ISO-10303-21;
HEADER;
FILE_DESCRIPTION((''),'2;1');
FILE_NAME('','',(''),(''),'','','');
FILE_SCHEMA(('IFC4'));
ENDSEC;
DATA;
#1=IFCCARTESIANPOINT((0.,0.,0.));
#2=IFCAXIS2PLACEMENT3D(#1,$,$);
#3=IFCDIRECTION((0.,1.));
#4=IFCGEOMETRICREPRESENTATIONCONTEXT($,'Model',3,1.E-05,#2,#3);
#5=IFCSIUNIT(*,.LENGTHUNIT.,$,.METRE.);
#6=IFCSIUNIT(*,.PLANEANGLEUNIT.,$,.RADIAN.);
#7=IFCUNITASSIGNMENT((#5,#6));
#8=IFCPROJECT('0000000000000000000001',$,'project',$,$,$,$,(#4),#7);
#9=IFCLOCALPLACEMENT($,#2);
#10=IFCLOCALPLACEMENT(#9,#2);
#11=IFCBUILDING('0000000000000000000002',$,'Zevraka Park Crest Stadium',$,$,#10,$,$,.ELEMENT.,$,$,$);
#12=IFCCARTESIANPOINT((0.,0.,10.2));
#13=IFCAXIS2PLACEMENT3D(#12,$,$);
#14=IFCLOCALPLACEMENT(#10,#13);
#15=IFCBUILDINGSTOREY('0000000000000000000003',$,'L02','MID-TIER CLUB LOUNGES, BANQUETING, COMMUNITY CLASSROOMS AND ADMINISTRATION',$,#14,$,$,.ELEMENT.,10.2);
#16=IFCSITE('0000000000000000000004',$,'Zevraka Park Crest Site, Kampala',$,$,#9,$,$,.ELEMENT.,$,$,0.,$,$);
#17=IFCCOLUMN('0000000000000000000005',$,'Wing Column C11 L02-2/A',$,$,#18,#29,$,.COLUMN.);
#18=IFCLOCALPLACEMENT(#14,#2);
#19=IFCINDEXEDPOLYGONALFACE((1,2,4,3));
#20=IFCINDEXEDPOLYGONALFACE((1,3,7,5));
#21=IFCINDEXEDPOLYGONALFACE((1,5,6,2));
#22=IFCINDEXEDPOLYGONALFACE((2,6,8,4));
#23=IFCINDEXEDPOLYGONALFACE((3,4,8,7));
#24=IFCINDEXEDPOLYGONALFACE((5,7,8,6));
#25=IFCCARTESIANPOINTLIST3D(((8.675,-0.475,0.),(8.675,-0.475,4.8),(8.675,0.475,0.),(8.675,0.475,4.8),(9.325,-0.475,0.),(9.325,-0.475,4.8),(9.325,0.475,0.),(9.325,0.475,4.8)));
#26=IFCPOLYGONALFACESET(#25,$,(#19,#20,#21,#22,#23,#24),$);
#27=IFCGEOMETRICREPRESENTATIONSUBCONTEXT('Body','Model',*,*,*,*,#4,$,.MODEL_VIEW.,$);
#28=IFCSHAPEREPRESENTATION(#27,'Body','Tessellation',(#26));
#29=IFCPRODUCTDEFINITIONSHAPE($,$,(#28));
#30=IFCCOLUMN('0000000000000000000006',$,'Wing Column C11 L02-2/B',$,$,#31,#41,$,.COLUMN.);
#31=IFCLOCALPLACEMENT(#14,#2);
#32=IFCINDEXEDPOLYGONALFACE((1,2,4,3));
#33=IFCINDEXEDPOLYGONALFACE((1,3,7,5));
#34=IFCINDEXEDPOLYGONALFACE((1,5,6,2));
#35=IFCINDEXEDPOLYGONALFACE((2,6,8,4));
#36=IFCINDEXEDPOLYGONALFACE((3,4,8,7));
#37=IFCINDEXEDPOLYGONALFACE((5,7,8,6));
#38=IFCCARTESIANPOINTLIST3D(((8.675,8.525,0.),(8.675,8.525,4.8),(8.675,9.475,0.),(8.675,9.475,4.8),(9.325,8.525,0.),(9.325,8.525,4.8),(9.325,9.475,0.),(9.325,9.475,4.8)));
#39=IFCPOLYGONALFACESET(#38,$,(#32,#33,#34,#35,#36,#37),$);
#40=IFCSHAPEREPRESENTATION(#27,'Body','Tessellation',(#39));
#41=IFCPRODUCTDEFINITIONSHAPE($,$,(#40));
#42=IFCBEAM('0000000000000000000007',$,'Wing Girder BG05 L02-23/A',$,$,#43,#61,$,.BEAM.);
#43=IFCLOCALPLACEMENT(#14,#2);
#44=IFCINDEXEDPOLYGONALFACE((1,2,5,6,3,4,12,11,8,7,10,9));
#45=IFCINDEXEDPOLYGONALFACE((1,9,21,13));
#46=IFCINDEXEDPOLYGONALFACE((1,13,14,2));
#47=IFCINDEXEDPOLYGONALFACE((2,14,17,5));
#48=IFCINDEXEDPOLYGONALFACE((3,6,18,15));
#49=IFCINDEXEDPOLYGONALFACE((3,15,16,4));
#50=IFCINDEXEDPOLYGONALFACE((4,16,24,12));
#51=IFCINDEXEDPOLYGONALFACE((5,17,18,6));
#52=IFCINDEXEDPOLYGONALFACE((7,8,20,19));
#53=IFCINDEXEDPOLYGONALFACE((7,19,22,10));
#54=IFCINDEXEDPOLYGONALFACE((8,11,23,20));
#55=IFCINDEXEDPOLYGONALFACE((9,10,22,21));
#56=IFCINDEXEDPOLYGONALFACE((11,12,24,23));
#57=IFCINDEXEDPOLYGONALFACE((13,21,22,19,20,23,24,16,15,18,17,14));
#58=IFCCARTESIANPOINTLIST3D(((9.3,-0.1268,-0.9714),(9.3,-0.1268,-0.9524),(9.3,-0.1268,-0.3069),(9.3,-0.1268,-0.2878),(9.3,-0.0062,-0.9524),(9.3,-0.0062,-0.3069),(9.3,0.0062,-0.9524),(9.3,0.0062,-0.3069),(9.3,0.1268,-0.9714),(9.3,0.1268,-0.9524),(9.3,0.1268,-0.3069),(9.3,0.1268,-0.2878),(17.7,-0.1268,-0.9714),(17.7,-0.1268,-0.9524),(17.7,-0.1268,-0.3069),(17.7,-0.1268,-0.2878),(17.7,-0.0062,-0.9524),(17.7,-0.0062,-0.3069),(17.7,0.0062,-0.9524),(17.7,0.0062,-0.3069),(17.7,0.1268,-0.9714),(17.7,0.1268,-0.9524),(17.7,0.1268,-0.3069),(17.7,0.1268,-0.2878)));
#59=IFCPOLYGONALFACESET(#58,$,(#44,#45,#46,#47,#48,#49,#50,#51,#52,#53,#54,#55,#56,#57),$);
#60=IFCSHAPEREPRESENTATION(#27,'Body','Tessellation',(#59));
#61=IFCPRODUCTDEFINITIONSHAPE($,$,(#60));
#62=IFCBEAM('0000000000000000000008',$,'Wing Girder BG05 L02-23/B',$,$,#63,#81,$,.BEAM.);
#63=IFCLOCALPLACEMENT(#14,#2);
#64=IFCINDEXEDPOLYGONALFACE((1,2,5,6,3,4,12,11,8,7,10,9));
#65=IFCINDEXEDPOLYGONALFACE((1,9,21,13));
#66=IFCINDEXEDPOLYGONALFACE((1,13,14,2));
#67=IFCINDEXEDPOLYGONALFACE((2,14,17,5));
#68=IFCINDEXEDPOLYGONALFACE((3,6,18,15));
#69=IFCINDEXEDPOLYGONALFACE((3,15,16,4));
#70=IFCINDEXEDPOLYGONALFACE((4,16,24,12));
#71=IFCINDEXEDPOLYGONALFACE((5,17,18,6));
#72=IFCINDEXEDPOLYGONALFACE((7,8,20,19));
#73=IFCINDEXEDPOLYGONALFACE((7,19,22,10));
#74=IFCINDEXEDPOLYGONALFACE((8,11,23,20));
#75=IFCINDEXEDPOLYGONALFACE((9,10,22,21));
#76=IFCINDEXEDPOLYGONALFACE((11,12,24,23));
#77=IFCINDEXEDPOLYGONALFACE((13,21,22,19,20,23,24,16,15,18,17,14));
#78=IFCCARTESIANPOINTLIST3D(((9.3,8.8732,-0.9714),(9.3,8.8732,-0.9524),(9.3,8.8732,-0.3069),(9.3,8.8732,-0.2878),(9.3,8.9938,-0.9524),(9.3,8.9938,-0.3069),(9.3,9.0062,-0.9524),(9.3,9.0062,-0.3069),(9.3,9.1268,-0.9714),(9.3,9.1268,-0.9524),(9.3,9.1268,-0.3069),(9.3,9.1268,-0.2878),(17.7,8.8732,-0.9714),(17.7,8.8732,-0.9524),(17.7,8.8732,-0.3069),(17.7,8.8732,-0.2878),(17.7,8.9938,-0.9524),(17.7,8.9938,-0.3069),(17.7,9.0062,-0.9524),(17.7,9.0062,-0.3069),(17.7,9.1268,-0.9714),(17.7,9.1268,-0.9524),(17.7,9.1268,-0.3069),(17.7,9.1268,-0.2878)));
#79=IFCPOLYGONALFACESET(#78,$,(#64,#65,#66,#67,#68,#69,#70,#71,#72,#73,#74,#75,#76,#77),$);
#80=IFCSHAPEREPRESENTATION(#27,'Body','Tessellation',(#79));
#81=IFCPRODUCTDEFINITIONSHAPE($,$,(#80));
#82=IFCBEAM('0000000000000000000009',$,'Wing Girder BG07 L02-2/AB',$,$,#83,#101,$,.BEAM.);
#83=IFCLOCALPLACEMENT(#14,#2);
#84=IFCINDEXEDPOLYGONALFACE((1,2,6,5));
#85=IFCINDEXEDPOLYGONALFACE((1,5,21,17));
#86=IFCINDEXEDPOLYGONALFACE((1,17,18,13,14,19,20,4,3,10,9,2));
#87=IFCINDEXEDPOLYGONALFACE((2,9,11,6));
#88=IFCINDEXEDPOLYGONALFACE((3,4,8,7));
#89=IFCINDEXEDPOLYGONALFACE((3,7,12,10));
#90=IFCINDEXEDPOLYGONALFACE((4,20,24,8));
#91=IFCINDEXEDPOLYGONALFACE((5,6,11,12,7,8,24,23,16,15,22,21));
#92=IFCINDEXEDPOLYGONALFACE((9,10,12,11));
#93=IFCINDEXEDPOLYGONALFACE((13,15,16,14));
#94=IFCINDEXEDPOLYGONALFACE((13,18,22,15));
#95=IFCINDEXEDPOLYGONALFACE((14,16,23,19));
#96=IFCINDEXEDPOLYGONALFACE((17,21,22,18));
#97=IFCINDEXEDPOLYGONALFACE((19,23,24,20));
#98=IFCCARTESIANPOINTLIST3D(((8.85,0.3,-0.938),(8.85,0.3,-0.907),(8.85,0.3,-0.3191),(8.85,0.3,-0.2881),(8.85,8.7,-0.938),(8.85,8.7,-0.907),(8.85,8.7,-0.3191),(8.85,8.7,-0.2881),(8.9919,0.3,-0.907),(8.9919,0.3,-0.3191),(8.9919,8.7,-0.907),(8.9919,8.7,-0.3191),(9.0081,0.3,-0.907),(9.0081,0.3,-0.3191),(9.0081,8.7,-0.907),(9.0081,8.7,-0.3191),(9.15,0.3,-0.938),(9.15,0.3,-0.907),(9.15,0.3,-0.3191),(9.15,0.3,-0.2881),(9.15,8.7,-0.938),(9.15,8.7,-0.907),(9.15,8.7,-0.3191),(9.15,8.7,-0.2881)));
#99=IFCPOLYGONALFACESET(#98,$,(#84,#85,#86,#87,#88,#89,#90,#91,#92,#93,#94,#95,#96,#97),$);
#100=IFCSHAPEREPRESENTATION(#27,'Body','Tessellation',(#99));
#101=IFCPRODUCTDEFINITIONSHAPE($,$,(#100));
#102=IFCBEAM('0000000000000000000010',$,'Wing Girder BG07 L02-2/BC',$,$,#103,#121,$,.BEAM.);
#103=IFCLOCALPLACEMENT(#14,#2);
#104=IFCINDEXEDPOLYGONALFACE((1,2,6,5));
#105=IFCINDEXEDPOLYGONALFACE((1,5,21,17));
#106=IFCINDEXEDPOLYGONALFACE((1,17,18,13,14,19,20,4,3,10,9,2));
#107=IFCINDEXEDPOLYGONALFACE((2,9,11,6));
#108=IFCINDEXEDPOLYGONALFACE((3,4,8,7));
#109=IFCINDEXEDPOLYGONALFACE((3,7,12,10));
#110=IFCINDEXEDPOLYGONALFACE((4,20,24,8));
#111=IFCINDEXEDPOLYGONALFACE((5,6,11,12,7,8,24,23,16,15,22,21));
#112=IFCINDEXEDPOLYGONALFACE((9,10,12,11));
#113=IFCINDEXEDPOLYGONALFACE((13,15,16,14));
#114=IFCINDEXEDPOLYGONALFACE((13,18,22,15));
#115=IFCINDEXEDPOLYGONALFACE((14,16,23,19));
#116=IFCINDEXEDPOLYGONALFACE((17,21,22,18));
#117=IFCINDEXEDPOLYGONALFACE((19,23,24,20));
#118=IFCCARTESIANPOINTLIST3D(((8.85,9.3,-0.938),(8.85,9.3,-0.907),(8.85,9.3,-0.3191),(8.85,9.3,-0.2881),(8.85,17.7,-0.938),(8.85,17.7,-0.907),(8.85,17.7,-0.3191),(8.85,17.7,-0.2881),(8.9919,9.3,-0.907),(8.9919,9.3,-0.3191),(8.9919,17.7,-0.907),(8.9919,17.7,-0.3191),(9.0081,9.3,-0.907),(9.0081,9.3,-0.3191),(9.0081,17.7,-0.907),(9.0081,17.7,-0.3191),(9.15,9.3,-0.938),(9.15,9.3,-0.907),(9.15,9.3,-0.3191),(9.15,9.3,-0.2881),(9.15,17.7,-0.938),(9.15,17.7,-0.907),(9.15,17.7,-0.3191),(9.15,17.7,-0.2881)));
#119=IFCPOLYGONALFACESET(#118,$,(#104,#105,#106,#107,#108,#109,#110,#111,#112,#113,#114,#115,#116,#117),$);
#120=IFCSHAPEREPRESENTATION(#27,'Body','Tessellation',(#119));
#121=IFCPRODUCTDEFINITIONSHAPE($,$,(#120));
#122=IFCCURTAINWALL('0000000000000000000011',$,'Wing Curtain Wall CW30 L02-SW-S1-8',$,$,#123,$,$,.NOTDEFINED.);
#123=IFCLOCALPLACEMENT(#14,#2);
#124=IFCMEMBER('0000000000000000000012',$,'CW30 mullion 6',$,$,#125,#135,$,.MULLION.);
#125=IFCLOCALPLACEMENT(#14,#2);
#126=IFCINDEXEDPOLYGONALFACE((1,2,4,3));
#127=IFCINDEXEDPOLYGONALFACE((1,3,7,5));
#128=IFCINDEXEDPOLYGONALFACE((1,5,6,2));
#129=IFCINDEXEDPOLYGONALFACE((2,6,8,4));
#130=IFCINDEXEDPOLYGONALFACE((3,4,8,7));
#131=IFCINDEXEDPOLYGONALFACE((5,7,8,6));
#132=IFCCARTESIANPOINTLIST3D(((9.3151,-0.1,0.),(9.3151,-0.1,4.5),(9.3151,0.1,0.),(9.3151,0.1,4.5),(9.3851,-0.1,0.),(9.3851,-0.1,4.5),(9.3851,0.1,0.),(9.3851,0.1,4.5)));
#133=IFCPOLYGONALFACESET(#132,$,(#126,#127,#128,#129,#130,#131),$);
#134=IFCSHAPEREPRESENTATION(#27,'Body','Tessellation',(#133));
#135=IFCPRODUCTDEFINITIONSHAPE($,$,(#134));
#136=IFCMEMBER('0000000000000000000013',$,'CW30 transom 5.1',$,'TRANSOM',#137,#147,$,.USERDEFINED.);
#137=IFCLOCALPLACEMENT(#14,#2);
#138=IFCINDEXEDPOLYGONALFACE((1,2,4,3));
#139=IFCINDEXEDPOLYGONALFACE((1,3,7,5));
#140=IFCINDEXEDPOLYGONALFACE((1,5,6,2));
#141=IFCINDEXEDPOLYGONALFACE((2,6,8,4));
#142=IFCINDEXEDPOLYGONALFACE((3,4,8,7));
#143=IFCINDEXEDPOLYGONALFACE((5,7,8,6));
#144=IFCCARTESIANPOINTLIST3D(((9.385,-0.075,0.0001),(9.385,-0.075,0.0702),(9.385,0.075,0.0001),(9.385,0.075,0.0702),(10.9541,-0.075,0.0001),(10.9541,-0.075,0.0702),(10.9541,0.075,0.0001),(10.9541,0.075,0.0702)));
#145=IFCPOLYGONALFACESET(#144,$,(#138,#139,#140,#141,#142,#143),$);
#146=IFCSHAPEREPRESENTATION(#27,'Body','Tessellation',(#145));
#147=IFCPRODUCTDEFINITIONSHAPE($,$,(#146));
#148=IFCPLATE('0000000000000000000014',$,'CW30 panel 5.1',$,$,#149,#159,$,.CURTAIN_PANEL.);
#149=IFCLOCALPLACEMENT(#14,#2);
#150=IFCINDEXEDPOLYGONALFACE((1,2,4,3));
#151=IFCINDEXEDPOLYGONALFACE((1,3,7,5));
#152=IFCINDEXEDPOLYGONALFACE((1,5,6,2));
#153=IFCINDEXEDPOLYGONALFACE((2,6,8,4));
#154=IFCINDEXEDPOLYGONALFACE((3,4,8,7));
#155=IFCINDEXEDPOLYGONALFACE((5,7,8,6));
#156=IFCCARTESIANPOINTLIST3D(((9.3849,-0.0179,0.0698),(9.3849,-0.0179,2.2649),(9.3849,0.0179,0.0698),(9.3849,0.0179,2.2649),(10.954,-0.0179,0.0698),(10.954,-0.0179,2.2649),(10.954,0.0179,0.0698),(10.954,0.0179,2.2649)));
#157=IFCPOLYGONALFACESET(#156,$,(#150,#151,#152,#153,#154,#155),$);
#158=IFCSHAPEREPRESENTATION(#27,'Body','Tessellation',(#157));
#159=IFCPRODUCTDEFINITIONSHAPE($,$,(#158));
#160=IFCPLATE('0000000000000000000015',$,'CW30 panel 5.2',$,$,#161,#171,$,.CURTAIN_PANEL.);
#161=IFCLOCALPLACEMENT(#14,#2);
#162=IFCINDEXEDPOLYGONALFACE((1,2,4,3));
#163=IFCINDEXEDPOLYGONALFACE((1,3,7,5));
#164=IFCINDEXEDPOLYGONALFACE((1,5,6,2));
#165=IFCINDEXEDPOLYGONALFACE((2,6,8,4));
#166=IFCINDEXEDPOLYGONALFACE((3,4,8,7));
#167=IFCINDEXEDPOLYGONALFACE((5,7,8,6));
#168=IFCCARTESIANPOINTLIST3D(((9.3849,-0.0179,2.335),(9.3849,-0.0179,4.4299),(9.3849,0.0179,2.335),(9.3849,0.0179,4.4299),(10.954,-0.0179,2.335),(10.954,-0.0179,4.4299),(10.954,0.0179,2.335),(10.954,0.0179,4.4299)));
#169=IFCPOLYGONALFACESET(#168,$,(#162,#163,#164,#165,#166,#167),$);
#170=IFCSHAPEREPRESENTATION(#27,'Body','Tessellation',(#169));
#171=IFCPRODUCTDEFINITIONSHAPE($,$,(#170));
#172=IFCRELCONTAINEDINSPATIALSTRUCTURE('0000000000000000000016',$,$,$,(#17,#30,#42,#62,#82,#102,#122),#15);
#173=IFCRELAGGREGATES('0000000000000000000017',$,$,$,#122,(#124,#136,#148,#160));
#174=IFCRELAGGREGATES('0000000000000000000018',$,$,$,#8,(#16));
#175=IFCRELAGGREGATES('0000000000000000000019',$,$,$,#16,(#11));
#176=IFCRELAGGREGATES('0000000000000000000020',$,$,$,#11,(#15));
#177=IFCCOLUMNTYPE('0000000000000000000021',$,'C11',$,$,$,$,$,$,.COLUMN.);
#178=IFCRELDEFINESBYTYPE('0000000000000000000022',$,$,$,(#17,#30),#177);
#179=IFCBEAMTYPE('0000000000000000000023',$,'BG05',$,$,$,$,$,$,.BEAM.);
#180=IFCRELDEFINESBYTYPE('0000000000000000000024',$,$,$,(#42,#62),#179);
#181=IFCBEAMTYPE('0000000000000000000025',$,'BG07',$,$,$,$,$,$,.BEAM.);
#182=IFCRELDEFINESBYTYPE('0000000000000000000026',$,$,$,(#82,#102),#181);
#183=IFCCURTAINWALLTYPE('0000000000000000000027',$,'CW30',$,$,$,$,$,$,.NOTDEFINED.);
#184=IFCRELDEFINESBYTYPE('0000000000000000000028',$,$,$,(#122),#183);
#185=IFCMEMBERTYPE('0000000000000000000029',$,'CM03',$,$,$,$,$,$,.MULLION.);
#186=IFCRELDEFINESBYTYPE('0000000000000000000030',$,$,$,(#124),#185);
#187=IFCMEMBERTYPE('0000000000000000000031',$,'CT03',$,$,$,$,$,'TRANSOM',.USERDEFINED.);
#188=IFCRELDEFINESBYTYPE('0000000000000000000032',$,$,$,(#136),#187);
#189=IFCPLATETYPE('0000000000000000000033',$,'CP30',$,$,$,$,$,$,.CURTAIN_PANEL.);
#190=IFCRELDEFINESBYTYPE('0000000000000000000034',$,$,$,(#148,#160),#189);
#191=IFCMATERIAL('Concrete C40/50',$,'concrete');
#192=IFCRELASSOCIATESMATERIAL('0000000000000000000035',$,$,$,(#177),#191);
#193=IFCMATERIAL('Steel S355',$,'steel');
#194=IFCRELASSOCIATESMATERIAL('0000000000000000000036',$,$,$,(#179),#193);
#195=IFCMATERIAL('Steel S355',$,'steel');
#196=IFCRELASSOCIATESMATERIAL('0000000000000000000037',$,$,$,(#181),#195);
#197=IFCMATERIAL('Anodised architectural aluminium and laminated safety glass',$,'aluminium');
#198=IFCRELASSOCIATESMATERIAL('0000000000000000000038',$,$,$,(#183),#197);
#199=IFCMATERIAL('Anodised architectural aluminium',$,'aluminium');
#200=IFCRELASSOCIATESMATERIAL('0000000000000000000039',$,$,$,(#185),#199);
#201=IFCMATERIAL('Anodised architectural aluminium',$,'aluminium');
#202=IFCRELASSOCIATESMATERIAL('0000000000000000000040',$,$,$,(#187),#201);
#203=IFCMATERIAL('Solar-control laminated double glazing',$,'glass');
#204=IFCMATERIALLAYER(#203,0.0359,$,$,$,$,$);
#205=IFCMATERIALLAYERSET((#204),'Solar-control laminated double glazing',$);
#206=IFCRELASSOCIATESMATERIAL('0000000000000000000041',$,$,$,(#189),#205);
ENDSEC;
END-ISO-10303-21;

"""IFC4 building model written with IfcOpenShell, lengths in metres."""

from ifc_helpers import new_model, si_unit, direction, frame, origin, origin_2d, place, context, subcontext, project, spatial, rectangle, i_section, extrude, material, layer, layer_set, material_profile, profile_set, type_object, element, aggregate, save


model = new_model("IFC4")

# Units and contexts
model_context = context("Model", 3, precision=1e-05, world=origin(), true_north=direction((0.0, 1.0)))
body_context = subcontext(model_context, "Body", "Model", "MODEL_VIEW")
ifc_project = project(units=[si_unit("LENGTHUNIT", "METRE"), si_unit("PLANEANGLEUNIT", "RADIAN")], contexts=[model_context])

# Site, building, storey
site_placement = place(None, origin())
site = spatial("IfcSite", under=ifc_project, at=site_placement, Name="Zevraka Park Crest Site, Kampala", CompositionType="ELEMENT", RefElevation=0.0)
building_placement = place(site_placement, origin())
building = spatial("IfcBuilding", under=site, at=building_placement, Name="Zevraka Park Crest Stadium", CompositionType="ELEMENT")
storey_placement = place(building_placement, frame((0.0, 0.0, 10.2)))
storey = spatial("IfcBuildingStorey", under=building, at=storey_placement, Name="L02", Description="MID-TIER CLUB LOUNGES, BANQUETING, COMMUNITY CLASSROOMS AND ADMINISTRATION", CompositionType="ELEMENT", Elevation=10.2)

# Columns
ifc_material_1 = material(Name="Concrete C40/50", Category="concrete")
ifc_material_profile_1 = material_profile(ifc_material_1, rectangle(XDim=0.6499, YDim=0.95, at=origin_2d()), Name="RC 950x650")
ifc_profile_set_1 = profile_set([ifc_material_profile_1], Name="Concrete C40/50")
column_type = type_object("IfcColumnType", Name="C11", PredefinedType="COLUMN", material=ifc_profile_set_1)
for number, where, z_axis, x_axis, name in (
    (1, (9.0, 0.0, 0.0), (0.0, 0.0, 1.0), (1.0, 0.0, 0.0), "Wing Column C11 L02-2/A"),
    (2, (9.0, 9.0, 0.0), (0.0, 0.0, 1.0), (1.0, 0.0, 0.0), "Wing Column C11 L02-2/B"),
):
    element("IfcColumn", number, at=place(storey_placement, frame(where, z_axis=z_axis, x_axis=x_axis)), inside=storey, type_object=column_type, Name=name, PredefinedType="COLUMN", context=body_context, shape_type="SweptSolid", body=[
        extrude(rectangle(XDim=0.6499, YDim=0.95, at=origin_2d()), origin(), (0.0, 0.0, 1.0), 4.8),
    ])

# Beams
ifc_material_2 = material(Name="Steel S355", Category="steel")
ifc_material_profile_2 = material_profile(ifc_material_2, i_section(OverallWidth=0.2537, OverallDepth=0.6836, WebThickness=0.0125, FlangeThickness=0.019, at=origin_2d()), Name="UKB 686x254x140")
ifc_profile_set_2 = profile_set([ifc_material_profile_2], Name="Steel S355")
beam_type_1 = type_object("IfcBeamType", Name="BG05", PredefinedType="BEAM", material=ifc_profile_set_2)
for number, where, z_axis, x_axis, name in (
    (3, (9.3, 0.0, -0.6296), (1.0, 0.0, 0.0), (0.0, 1.0, 0.0), "Wing Girder BG05 L02-23/A"),
    (4, (9.3, 9.0, -0.6296), (1.0, 0.0, 0.0), (0.0, 1.0, 0.0), "Wing Girder BG05 L02-23/B"),
):
    element("IfcBeam", number, at=place(storey_placement, frame(where, z_axis=z_axis, x_axis=x_axis)), inside=storey, type_object=beam_type_1, Name=name, PredefinedType="BEAM", context=body_context, shape_type="SweptSolid", body=[
        extrude(i_section(OverallWidth=0.2537, OverallDepth=0.6836, WebThickness=0.0125, FlangeThickness=0.019, at=origin_2d()), origin(), (0.0, 0.0, 1.0), 8.3999),
    ])
ifc_material_3 = material(Name="Steel S355", Category="steel")
ifc_material_profile_3 = material_profile(ifc_material_3, i_section(OverallWidth=0.3, OverallDepth=0.6499, WebThickness=0.0161, FlangeThickness=0.031, at=origin_2d()), Name="HEB 650")
ifc_profile_set_3 = profile_set([ifc_material_profile_3], Name="Steel S355")
beam_type_2 = type_object("IfcBeamType", Name="BG07", PredefinedType="BEAM", material=ifc_profile_set_3)
for number, where, z_axis, x_axis, name in (
    (5, (9.0, 0.3, -0.613), (0.0, 1.0, 0.0), (-1.0, 0.0, 0.0), "Wing Girder BG07 L02-2/AB"),
    (6, (9.0, 9.3, -0.613), (0.0, 1.0, 0.0), (-1.0, 0.0, 0.0), "Wing Girder BG07 L02-2/BC"),
):
    element("IfcBeam", number, at=place(storey_placement, frame(where, z_axis=z_axis, x_axis=x_axis)), inside=storey, type_object=beam_type_2, Name=name, PredefinedType="BEAM", context=body_context, shape_type="SweptSolid", body=[
        extrude(i_section(OverallWidth=0.3, OverallDepth=0.6499, WebThickness=0.0161, FlangeThickness=0.031, at=origin_2d()), origin(), (0.0, 0.0, 1.0), 8.3999),
    ])

# Curtain wall, members, plates
ifc_material_4 = material(Name="Anodised architectural aluminium and laminated safety glass", Category="aluminium")
curtain_wall_type = type_object("IfcCurtainWallType", Name="CW30", PredefinedType="NOTDEFINED", material=ifc_material_4)
curtain_wall_placement = place(storey_placement, origin())
curtain_wall = element("IfcCurtainWall", 7, at=curtain_wall_placement, inside=storey, type_object=curtain_wall_type, Name="Wing Curtain Wall CW30 L02-SW-S1-8", PredefinedType="NOTDEFINED")
ifc_material_5 = material(Name="Anodised architectural aluminium", Category="aluminium")
ifc_material_profile_4 = material_profile(ifc_material_5, rectangle(XDim=0.2, YDim=0.0701, at=origin_2d()), Name="ALU MULLION 200x70")
ifc_profile_set_4 = profile_set([ifc_material_profile_4], Name="Anodised architectural aluminium")
member_type_1 = type_object("IfcMemberType", Name="CM03", PredefinedType="MULLION", material=ifc_profile_set_4)
member_1_placement = place(storey_placement, frame((9.3501, 0.0, 0.0), z_axis=(0.0, 0.0, 1.0), x_axis=(0.0, -1.0, 0.0)))
member_1 = element("IfcMember", 8, at=member_1_placement, type_object=member_type_1, Name="CW30 mullion 6", PredefinedType="MULLION", context=body_context, shape_type="SweptSolid", body=[
    extrude(rectangle(XDim=0.2, YDim=0.0701, at=origin_2d()), origin(), (0.0, 0.0, 1.0), 4.5),
])
ifc_material_6 = material(Name="Anodised architectural aluminium", Category="aluminium")
ifc_material_profile_5 = material_profile(ifc_material_6, rectangle(XDim=0.1499, YDim=0.0701, at=origin_2d()), Name="ALU TRANSOM 150x70")
ifc_profile_set_5 = profile_set([ifc_material_profile_5], Name="Anodised architectural aluminium")
member_type_2 = type_object("IfcMemberType", Name="CT03", ElementType="TRANSOM", PredefinedType="USERDEFINED", material=ifc_profile_set_5)
member_2_placement = place(storey_placement, frame((10.9541, 0.0, 0.0352), z_axis=(-1.0, 0.0, 0.0), x_axis=(0.0, -1.0, 0.0)))
member_2 = element("IfcMember", 9, at=member_2_placement, type_object=member_type_2, Name="CW30 transom 5.1", ObjectType="TRANSOM", PredefinedType="USERDEFINED", context=body_context, shape_type="SweptSolid", body=[
    extrude(rectangle(XDim=0.1499, YDim=0.0701, at=origin_2d()), origin(), (0.0, 0.0, 1.0), 1.5691),
])
ifc_material_7 = material(Name="Solar-control laminated double glazing", Category="glass")
ifc_layer_1 = layer(ifc_material_7, 0.0359)
ifc_layer_set_1 = layer_set([ifc_layer_1], Name="Solar-control laminated double glazing")
plate_type = type_object("IfcPlateType", Name="CP30", PredefinedType="CURTAIN_PANEL", material=ifc_layer_set_1)
plate_1_placement = place(storey_placement, frame((10.1694, 0.0, 0.0698), z_axis=(0.0, 0.0, 1.0), x_axis=(-1.0, 0.0, 0.0)))
plate_1 = element("IfcPlate", 10, at=plate_1_placement, type_object=plate_type, Name="CW30 panel 5.1", PredefinedType="CURTAIN_PANEL", context=body_context, shape_type="SweptSolid", body=[
    extrude(rectangle(XDim=1.5691, YDim=0.0359, at=origin_2d()), origin(), (0.0, 0.0, 1.0), 2.1951),
])
plate_2_placement = place(storey_placement, frame((10.1694, 0.0, 2.335), z_axis=(0.0, 0.0, 1.0), x_axis=(-1.0, 0.0, 0.0)))
plate_2 = element("IfcPlate", 11, at=plate_2_placement, type_object=plate_type, Name="CW30 panel 5.2", PredefinedType="CURTAIN_PANEL", context=body_context, shape_type="SweptSolid", body=[
    extrude(rectangle(XDim=1.5691, YDim=0.0359, at=origin_2d()), origin(), (0.0, 0.0, 1.0), 2.095),
])
aggregate(curtain_wall, [member_1, member_2, plate_1, plate_2])

save(model, "model.ifc")
